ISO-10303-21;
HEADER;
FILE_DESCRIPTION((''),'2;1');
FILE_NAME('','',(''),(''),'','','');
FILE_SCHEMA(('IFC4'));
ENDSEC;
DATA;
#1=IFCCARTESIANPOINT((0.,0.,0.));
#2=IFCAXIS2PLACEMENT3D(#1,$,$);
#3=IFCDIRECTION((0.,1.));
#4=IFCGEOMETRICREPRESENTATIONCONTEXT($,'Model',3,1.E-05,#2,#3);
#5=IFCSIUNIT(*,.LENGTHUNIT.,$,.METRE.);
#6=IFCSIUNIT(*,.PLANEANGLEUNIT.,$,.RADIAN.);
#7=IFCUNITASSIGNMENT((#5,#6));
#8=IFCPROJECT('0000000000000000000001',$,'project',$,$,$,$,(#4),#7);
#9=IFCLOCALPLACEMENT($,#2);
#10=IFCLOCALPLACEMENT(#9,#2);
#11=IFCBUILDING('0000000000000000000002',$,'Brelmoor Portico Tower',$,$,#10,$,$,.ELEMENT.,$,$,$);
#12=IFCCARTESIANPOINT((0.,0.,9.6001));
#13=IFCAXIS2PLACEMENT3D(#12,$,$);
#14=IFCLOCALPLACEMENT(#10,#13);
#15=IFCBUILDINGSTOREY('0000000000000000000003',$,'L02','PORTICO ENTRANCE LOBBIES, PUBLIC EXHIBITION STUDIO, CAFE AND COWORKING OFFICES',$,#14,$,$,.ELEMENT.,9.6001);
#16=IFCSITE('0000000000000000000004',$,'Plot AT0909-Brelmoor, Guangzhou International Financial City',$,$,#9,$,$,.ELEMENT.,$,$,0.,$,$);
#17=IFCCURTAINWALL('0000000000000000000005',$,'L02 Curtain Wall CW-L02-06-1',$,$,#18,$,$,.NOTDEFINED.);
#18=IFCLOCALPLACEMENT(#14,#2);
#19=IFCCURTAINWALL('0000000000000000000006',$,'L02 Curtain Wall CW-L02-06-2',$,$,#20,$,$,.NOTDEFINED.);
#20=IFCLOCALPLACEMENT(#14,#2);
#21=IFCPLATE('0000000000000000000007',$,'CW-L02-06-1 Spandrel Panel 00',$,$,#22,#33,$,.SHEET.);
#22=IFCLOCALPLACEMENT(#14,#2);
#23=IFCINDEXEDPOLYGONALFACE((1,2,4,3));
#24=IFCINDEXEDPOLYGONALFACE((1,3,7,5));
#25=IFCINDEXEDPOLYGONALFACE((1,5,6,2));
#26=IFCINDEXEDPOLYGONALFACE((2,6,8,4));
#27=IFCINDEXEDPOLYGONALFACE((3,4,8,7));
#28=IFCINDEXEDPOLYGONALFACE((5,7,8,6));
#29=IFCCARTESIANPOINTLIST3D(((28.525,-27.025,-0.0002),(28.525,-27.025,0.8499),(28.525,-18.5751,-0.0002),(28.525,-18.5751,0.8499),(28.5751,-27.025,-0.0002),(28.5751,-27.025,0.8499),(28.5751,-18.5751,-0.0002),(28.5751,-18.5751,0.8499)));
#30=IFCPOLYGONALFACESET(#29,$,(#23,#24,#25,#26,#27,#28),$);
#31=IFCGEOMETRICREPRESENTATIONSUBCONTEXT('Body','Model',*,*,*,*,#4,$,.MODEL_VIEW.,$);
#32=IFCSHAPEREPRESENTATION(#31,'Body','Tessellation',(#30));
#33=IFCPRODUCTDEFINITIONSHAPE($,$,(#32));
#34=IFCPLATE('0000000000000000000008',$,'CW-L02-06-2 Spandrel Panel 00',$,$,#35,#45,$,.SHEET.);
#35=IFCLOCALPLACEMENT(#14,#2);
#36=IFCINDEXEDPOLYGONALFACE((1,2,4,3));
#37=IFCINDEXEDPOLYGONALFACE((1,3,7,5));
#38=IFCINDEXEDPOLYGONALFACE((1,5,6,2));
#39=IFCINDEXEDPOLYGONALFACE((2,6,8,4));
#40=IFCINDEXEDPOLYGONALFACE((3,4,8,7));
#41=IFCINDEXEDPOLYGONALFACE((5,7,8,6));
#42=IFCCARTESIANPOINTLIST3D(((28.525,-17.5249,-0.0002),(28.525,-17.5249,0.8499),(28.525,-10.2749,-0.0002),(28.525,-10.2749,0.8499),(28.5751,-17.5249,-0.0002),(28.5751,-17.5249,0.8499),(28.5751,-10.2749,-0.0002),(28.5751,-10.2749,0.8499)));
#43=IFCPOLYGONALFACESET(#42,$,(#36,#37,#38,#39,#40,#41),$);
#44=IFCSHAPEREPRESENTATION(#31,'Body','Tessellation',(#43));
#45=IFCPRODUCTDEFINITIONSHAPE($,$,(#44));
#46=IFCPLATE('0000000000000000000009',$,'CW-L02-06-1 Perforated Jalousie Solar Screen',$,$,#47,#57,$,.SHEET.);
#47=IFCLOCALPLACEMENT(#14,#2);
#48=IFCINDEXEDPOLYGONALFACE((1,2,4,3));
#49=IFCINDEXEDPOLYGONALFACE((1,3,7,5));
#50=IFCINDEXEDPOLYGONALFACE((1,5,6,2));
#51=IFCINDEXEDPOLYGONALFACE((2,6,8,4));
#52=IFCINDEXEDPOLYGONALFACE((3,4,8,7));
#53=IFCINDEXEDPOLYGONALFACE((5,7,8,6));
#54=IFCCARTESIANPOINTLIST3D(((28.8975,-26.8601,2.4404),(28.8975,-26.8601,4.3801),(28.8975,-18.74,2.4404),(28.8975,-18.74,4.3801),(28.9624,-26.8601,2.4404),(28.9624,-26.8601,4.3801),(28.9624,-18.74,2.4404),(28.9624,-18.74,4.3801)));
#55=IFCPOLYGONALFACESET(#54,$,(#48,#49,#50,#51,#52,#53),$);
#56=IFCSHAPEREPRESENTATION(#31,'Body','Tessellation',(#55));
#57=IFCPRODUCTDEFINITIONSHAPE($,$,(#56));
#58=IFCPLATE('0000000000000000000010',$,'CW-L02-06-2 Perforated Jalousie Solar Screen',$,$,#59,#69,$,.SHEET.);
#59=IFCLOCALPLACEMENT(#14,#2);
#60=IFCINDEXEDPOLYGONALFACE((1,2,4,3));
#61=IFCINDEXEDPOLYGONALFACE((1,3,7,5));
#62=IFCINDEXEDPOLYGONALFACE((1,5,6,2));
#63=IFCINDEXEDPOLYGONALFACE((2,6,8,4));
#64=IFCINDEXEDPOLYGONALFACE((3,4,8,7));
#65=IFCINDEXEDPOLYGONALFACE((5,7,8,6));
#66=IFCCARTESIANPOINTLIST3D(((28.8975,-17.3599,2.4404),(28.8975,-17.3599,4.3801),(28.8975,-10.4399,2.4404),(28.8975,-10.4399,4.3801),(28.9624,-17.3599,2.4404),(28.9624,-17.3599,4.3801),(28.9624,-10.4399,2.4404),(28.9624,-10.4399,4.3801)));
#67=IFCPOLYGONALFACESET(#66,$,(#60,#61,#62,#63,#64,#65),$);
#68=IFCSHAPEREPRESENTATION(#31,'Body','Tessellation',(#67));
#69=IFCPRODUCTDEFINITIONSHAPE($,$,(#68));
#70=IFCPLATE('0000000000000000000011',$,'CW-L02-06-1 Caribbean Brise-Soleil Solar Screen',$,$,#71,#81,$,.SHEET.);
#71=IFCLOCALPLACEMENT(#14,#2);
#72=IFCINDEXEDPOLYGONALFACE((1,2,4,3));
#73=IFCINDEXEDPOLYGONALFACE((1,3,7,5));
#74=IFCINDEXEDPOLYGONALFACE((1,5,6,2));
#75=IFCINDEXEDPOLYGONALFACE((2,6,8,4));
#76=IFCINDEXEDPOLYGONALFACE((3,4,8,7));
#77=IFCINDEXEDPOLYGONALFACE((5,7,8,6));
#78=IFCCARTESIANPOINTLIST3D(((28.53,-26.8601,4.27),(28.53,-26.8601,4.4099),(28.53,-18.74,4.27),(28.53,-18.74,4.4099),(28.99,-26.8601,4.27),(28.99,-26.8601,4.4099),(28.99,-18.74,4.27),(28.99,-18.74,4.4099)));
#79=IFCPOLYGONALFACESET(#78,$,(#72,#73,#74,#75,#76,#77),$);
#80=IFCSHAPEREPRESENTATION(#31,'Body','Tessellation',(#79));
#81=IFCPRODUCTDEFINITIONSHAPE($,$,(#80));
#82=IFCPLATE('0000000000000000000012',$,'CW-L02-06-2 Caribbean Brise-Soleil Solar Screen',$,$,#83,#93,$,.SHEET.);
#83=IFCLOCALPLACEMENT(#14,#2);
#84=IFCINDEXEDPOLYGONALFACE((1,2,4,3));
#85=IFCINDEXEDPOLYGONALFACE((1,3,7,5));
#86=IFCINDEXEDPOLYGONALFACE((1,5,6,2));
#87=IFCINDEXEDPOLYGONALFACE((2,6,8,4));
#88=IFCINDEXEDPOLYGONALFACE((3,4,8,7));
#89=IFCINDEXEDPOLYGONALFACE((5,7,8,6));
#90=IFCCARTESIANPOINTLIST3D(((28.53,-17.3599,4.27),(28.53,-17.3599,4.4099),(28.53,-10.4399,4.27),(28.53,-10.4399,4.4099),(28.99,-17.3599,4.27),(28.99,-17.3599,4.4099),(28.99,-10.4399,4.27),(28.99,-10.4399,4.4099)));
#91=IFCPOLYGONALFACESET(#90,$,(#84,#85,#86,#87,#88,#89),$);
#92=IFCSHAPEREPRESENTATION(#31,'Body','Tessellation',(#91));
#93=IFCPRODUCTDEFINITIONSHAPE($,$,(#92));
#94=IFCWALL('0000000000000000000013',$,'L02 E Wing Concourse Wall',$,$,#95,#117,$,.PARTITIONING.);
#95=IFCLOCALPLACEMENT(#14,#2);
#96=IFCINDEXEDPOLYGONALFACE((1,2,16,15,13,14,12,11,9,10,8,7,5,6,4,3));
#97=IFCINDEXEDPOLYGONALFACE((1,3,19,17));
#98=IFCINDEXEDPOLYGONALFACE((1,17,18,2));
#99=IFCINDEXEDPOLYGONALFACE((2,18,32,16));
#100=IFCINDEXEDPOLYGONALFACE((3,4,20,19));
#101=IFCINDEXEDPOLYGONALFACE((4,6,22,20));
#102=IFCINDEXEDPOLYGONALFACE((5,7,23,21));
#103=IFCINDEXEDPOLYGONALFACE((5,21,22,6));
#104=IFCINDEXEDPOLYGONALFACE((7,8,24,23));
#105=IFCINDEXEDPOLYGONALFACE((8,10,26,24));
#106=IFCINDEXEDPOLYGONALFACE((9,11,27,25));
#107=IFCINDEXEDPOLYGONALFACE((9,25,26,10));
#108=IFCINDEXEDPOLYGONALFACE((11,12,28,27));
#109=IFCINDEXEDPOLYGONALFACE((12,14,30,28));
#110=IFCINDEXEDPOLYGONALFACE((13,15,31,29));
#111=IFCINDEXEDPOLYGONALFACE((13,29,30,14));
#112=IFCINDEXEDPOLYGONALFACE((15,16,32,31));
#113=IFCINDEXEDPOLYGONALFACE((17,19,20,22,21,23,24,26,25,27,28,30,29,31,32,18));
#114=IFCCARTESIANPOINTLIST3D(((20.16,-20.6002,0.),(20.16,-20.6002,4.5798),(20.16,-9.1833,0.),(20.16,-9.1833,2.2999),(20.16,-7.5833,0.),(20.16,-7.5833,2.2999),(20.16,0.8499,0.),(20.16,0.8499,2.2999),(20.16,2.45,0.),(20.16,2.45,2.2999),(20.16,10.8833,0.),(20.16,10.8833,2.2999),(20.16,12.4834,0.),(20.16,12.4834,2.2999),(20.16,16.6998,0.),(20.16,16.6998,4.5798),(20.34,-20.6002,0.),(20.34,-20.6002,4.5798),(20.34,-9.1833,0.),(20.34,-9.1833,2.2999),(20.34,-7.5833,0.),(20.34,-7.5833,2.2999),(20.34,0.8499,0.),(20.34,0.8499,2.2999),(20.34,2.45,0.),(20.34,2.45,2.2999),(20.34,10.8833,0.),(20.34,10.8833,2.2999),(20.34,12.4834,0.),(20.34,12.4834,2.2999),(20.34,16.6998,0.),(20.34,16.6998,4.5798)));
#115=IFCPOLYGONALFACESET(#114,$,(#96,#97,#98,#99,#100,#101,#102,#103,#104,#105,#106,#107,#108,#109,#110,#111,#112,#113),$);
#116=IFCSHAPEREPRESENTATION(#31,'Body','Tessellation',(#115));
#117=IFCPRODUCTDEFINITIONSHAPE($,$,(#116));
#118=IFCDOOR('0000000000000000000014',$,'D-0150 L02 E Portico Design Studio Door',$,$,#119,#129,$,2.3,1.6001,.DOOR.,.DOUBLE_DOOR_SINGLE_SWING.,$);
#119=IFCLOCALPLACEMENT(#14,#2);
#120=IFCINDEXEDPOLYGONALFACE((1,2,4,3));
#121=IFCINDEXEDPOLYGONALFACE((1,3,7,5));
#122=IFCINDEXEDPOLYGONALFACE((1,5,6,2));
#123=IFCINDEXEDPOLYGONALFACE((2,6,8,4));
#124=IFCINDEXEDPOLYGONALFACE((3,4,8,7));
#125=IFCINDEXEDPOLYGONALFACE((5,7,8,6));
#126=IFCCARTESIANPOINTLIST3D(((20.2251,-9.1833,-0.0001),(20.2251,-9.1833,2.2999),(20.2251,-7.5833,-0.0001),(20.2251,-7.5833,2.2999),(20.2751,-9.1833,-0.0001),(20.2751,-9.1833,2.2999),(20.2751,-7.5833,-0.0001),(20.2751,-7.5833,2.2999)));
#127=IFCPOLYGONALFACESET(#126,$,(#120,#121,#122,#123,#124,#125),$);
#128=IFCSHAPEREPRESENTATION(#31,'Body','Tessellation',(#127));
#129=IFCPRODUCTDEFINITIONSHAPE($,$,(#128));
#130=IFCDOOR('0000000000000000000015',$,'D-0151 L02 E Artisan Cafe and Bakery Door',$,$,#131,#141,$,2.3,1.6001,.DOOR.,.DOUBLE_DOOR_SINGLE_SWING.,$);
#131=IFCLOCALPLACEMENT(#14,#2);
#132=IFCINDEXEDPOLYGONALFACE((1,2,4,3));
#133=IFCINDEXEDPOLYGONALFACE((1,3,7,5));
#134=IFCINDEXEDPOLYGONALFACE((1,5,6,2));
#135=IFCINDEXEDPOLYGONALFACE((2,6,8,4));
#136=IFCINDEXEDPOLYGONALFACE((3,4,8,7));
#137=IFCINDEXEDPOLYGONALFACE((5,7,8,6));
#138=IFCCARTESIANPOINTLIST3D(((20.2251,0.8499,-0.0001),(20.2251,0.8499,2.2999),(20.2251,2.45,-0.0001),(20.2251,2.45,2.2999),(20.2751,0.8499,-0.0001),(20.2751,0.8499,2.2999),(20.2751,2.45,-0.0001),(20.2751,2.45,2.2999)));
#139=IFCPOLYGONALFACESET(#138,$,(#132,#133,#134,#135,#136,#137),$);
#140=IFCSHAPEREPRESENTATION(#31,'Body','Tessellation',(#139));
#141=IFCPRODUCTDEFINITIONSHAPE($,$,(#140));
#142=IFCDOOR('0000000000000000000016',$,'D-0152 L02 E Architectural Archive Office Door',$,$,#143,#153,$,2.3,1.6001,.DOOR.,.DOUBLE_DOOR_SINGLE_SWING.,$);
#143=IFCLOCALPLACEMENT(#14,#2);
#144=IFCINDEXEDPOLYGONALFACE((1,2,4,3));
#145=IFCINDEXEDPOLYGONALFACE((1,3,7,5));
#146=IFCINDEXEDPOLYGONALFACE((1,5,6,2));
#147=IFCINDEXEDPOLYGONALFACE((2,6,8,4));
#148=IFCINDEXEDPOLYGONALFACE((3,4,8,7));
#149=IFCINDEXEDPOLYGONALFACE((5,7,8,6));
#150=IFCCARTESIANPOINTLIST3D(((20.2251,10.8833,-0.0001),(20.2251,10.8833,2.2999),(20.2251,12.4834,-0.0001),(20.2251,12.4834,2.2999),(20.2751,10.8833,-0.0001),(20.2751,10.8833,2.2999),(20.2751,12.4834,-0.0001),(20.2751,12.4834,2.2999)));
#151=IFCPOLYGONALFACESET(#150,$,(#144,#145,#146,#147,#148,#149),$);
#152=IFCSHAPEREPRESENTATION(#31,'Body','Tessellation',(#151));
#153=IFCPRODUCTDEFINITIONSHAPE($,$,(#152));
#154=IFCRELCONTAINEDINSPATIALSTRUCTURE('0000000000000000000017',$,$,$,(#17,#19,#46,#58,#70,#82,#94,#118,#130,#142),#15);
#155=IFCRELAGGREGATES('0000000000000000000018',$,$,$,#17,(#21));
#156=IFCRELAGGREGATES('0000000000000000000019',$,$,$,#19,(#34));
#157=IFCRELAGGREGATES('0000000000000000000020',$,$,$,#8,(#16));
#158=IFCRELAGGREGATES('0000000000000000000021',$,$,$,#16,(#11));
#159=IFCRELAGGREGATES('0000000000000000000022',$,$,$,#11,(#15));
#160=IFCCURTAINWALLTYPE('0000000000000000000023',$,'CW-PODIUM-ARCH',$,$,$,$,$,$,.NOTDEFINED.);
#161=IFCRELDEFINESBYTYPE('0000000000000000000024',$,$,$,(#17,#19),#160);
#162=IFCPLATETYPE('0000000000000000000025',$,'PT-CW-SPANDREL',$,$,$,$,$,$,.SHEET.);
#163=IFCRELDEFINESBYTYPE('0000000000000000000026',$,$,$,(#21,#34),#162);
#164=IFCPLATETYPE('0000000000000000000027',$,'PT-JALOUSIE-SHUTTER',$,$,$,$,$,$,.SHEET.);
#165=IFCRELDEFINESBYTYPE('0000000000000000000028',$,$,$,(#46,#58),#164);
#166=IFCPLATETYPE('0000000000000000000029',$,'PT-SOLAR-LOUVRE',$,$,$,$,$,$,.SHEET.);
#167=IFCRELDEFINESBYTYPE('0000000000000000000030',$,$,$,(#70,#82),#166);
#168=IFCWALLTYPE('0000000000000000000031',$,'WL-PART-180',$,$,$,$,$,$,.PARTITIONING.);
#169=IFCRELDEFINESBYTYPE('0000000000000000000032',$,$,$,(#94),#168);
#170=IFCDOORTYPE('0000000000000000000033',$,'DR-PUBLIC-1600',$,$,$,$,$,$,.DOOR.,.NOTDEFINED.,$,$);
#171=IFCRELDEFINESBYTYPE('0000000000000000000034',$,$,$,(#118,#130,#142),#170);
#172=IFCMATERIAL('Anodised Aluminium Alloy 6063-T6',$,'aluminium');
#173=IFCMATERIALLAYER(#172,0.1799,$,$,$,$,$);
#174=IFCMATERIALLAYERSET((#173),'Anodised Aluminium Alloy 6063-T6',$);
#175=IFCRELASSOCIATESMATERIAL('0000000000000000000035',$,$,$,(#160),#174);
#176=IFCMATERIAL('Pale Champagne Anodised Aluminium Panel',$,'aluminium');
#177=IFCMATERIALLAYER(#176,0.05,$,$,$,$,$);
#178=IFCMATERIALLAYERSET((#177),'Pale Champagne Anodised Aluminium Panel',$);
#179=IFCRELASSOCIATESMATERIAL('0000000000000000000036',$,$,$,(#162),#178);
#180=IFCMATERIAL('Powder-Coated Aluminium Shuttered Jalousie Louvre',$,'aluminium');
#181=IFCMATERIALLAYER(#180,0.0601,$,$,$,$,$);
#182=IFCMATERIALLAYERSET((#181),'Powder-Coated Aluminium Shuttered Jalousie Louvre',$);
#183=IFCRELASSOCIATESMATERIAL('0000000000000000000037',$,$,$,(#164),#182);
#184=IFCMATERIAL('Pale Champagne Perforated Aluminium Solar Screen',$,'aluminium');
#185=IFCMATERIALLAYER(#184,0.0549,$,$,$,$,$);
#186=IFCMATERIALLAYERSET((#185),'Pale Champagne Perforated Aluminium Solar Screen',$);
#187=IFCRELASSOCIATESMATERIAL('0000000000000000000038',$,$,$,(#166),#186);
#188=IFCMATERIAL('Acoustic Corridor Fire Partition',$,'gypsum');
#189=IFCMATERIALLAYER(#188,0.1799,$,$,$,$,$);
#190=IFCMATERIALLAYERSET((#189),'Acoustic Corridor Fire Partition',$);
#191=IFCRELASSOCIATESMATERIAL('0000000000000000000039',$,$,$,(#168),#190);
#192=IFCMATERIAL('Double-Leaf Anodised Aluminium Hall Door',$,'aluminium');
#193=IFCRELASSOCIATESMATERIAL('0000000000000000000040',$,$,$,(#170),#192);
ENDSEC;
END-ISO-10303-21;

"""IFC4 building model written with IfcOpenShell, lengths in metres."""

from ifc_helpers import new_model, si_unit, direction, frame, frame_2d, origin, origin_2d, place, context, subcontext, project, spatial, rectangle, extrude, material, layer, layer_set, type_object, element, fill, aggregate, save


model = new_model("IFC4")

# Units and contexts
model_context = context("Model", 3, precision=1e-05, world=origin(), true_north=direction((0.0, 1.0)))
body_context = subcontext(model_context, "Body", "Model", "MODEL_VIEW")
ifc_project = project(units=[si_unit("LENGTHUNIT", "METRE"), si_unit("PLANEANGLEUNIT", "RADIAN")], contexts=[model_context])

# Site, building, storey
site_placement = place(None, origin())
site = spatial("IfcSite", under=ifc_project, at=site_placement, Name="Plot AT0909-Brelmoor, Guangzhou International Financial City", CompositionType="ELEMENT", RefElevation=0.0)
building_placement = place(site_placement, origin())
building = spatial("IfcBuilding", under=site, at=building_placement, Name="Brelmoor Portico Tower", CompositionType="ELEMENT")
storey_placement = place(building_placement, frame((0.0, 0.0, 9.6001)))
storey = spatial("IfcBuildingStorey", under=building, at=storey_placement, Name="L02", Description="PORTICO ENTRANCE LOBBIES, PUBLIC EXHIBITION STUDIO, CAFE AND COWORKING OFFICES", CompositionType="ELEMENT", Elevation=9.6001)

# Curtain walls
ifc_material_1 = material(Name="Anodised Aluminium Alloy 6063-T6", Category="aluminium")
ifc_layer_1 = layer(ifc_material_1, 0.1799)
ifc_layer_set_1 = layer_set([ifc_layer_1], Name="Anodised Aluminium Alloy 6063-T6")
curtain_wall_type = type_object("IfcCurtainWallType", Name="CW-PODIUM-ARCH", PredefinedType="NOTDEFINED", material=ifc_layer_set_1)
curtain_wall_1_placement = place(storey_placement, origin())
curtain_wall_1 = element("IfcCurtainWall", 1, at=curtain_wall_1_placement, inside=storey, type_object=curtain_wall_type, Name="L02 Curtain Wall CW-L02-06-1", PredefinedType="NOTDEFINED")
curtain_wall_2_placement = place(storey_placement, origin())
curtain_wall_2 = element("IfcCurtainWall", 2, at=curtain_wall_2_placement, inside=storey, type_object=curtain_wall_type, Name="L02 Curtain Wall CW-L02-06-2", PredefinedType="NOTDEFINED")

# Plates
ifc_material_2 = material(Name="Pale Champagne Anodised Aluminium Panel", Category="aluminium")
ifc_layer_2 = layer(ifc_material_2, 0.05)
ifc_layer_set_2 = layer_set([ifc_layer_2], Name="Pale Champagne Anodised Aluminium Panel")
plate_type_1 = type_object("IfcPlateType", Name="PT-CW-SPANDREL", PredefinedType="SHEET", material=ifc_layer_set_2)
plate_1_placement = place(storey_placement, frame((28.55, -22.8, -0.0002), z_axis=(0.0, 0.0, 1.0), x_axis=(0.0, 1.0, 0.0)))
plate_1 = element("IfcPlate", 3, at=plate_1_placement, type_object=plate_type_1, Name="CW-L02-06-1 Spandrel Panel 00", PredefinedType="SHEET", context=body_context, shape_type="SweptSolid", body=[
    extrude(rectangle(XDim=8.45, YDim=0.05, at=origin_2d()), origin(), (0.0, 0.0, 1.0), 0.8501),
])
aggregate(curtain_wall_1, [plate_1])
plate_2_placement = place(storey_placement, frame((28.55, -13.8999, -0.0002), z_axis=(0.0, 0.0, 1.0), x_axis=(0.0, 1.0, 0.0)))
plate_2 = element("IfcPlate", 4, at=plate_2_placement, type_object=plate_type_1, Name="CW-L02-06-2 Spandrel Panel 00", PredefinedType="SHEET", context=body_context, shape_type="SweptSolid", body=[
    extrude(rectangle(XDim=7.25, YDim=0.05, at=origin_2d()), origin(), (0.0, 0.0, 1.0), 0.8501),
])
aggregate(curtain_wall_2, [plate_2])

# Plates
ifc_material_3 = material(Name="Powder-Coated Aluminium Shuttered Jalousie Louvre", Category="aluminium")
ifc_layer_3 = layer(ifc_material_3, 0.0601)
ifc_layer_set_3 = layer_set([ifc_layer_3], Name="Powder-Coated Aluminium Shuttered Jalousie Louvre")
plate_type_2 = type_object("IfcPlateType", Name="PT-JALOUSIE-SHUTTER", PredefinedType="SHEET", material=ifc_layer_set_3)
plate_3_placement = place(storey_placement, frame((28.9299, -22.8, 2.4404), z_axis=(0.0, 0.0, 1.0), x_axis=(0.0, 1.0, 0.0)))
element("IfcPlate", 5, at=plate_3_placement, inside=storey, type_object=plate_type_2, Name="CW-L02-06-1 Perforated Jalousie Solar Screen", PredefinedType="SHEET", context=body_context, shape_type="SweptSolid", body=[
    extrude(rectangle(XDim=8.1201, YDim=0.0649, at=origin_2d()), origin(), (0.0, 0.0, 1.0), 1.9397),
])
plate_4_placement = place(storey_placement, frame((28.9299, -13.8999, 2.4404), z_axis=(0.0, 0.0, 1.0), x_axis=(0.0, 1.0, 0.0)))
element("IfcPlate", 6, at=plate_4_placement, inside=storey, type_object=plate_type_2, Name="CW-L02-06-2 Perforated Jalousie Solar Screen", PredefinedType="SHEET", context=body_context, shape_type="SweptSolid", body=[
    extrude(rectangle(XDim=6.9199, YDim=0.0649, at=origin_2d()), origin(), (0.0, 0.0, 1.0), 1.9397),
])
ifc_material_4 = material(Name="Pale Champagne Perforated Aluminium Solar Screen", Category="aluminium")
ifc_layer_4 = layer(ifc_material_4, 0.0549)
ifc_layer_set_4 = layer_set([ifc_layer_4], Name="Pale Champagne Perforated Aluminium Solar Screen")
plate_type_3 = type_object("IfcPlateType", Name="PT-SOLAR-LOUVRE", PredefinedType="SHEET", material=ifc_layer_set_4)
plate_5_placement = place(storey_placement, frame((28.76, -22.8, 4.27), z_axis=(0.0, 0.0, 1.0), x_axis=(0.0, 1.0, 0.0)))
element("IfcPlate", 7, at=plate_5_placement, inside=storey, type_object=plate_type_3, Name="CW-L02-06-1 Caribbean Brise-Soleil Solar Screen", PredefinedType="SHEET", context=body_context, shape_type="SweptSolid", body=[
    extrude(rectangle(XDim=8.1201, YDim=0.46, at=origin_2d()), origin(), (0.0, 0.0, 1.0), 0.1399),
])
plate_6_placement = place(storey_placement, frame((28.76, -13.8999, 4.27), z_axis=(0.0, 0.0, 1.0), x_axis=(0.0, 1.0, 0.0)))
element("IfcPlate", 8, at=plate_6_placement, inside=storey, type_object=plate_type_3, Name="CW-L02-06-2 Caribbean Brise-Soleil Solar Screen", PredefinedType="SHEET", context=body_context, shape_type="SweptSolid", body=[
    extrude(rectangle(XDim=6.9199, YDim=0.46, at=origin_2d()), origin(), (0.0, 0.0, 1.0), 0.1399),
])

# Wall, openings, doors
ifc_material_5 = material(Name="Acoustic Corridor Fire Partition", Category="gypsum")
ifc_layer_5 = layer(ifc_material_5, 0.1799)
ifc_layer_set_5 = layer_set([ifc_layer_5], Name="Acoustic Corridor Fire Partition")
wall_type = type_object("IfcWallType", Name="WL-PART-180", PredefinedType="PARTITIONING", material=ifc_layer_set_5)
wall_1_placement = place(storey_placement, frame((20.25, -20.6001, 0.0), z_axis=(0.0, 0.0, 1.0), x_axis=(0.0, 1.0, 0.0)))
wall_1 = element("IfcWall", 9, at=wall_1_placement, inside=storey, type_object=wall_type, Name="L02 E Wing Concourse Wall", PredefinedType="PARTITIONING", context=body_context, shape_type="SweptSolid", body=[
    extrude(rectangle(XDim=37.3, YDim=0.1799, at=frame_2d((18.6499, 0.0))), origin(), (0.0, 0.0, 1.0), 4.5798),
])
opening_1_placement = place(wall_1_placement, frame((11.4167, 0.0, 0.0)))
opening_1 = element("IfcOpeningElement", 10, at=opening_1_placement, cuts=wall_1, PredefinedType="OPENING", context=body_context, shape_type="SweptSolid", body=[
    extrude(rectangle(XDim=1.6001, YDim=2.3, at=frame_2d((0.8, 1.1499))), frame((0.0, 0.0999, 0.0), z_axis=(0.0, -1.0, 0.0), x_axis=(1.0, 0.0, 0.0)), (0.0, 0.0, 1.0), 0.2),
])
opening_2_placement = place(wall_1_placement, frame((21.45, 0.0, 0.0)))
opening_2 = element("IfcOpeningElement", 11, at=opening_2_placement, cuts=wall_1, PredefinedType="OPENING", context=body_context, shape_type="SweptSolid", body=[
    extrude(rectangle(XDim=1.6001, YDim=2.3, at=frame_2d((0.8, 1.1499))), frame((0.0, 0.0999, 0.0), z_axis=(0.0, -1.0, 0.0), x_axis=(1.0, 0.0, 0.0)), (0.0, 0.0, 1.0), 0.2),
])
opening_3_placement = place(wall_1_placement, frame((31.4834, 0.0, 0.0)))
opening_3 = element("IfcOpeningElement", 12, at=opening_3_placement, cuts=wall_1, PredefinedType="OPENING", context=body_context, shape_type="SweptSolid", body=[
    extrude(rectangle(XDim=1.6001, YDim=2.3, at=frame_2d((0.8, 1.1499))), frame((0.0, 0.0999, 0.0), z_axis=(0.0, -1.0, 0.0), x_axis=(1.0, 0.0, 0.0)), (0.0, 0.0, 1.0), 0.2),
])
ifc_material_6 = material(Name="Double-Leaf Anodised Aluminium Hall Door", Category="aluminium")
door_type = type_object("IfcDoorType", Name="DR-PUBLIC-1600", OperationType="NOTDEFINED", PredefinedType="DOOR", material=ifc_material_6)
door_1_placement = place(opening_1_placement, origin())
door_1 = element("IfcDoor", 13, at=door_1_placement, inside=storey, type_object=door_type, Name="D-0150 L02 E Portico Design Studio Door", OperationType="DOUBLE_DOOR_SINGLE_SWING", OverallHeight=2.3, OverallWidth=1.6001, PredefinedType="DOOR", context=body_context, shape_type="SweptSolid", body=[
    extrude(rectangle(XDim=1.6001, YDim=2.3, at=frame_2d((0.8, 1.1499))), frame((0.0, 0.0249, 0.0), z_axis=(0.0, -1.0, 0.0), x_axis=(1.0, 0.0, 0.0)), (0.0, 0.0, 1.0), 0.05),
])
fill(opening_1, door_1)
door_2_placement = place(opening_2_placement, origin())
door_2 = element("IfcDoor", 14, at=door_2_placement, inside=storey, type_object=door_type, Name="D-0151 L02 E Artisan Cafe and Bakery Door", OperationType="DOUBLE_DOOR_SINGLE_SWING", OverallHeight=2.3, OverallWidth=1.6001, PredefinedType="DOOR", context=body_context, shape_type="SweptSolid", body=[
    extrude(rectangle(XDim=1.6001, YDim=2.3, at=frame_2d((0.8, 1.1499))), frame((0.0, 0.0249, 0.0), z_axis=(0.0, -1.0, 0.0), x_axis=(1.0, 0.0, 0.0)), (0.0, 0.0, 1.0), 0.05),
])
fill(opening_2, door_2)
door_3_placement = place(opening_3_placement, origin())
door_3 = element("IfcDoor", 15, at=door_3_placement, inside=storey, type_object=door_type, Name="D-0152 L02 E Architectural Archive Office Door", OperationType="DOUBLE_DOOR_SINGLE_SWING", OverallHeight=2.3, OverallWidth=1.6001, PredefinedType="DOOR", context=body_context, shape_type="SweptSolid", body=[
    extrude(rectangle(XDim=1.6001, YDim=2.3, at=frame_2d((0.8, 1.1499))), frame((0.0, 0.0249, 0.0), z_axis=(0.0, -1.0, 0.0), x_axis=(1.0, 0.0, 0.0)), (0.0, 0.0, 1.0), 0.05),
])
fill(opening_3, door_3)

save(model, "model.ifc")
